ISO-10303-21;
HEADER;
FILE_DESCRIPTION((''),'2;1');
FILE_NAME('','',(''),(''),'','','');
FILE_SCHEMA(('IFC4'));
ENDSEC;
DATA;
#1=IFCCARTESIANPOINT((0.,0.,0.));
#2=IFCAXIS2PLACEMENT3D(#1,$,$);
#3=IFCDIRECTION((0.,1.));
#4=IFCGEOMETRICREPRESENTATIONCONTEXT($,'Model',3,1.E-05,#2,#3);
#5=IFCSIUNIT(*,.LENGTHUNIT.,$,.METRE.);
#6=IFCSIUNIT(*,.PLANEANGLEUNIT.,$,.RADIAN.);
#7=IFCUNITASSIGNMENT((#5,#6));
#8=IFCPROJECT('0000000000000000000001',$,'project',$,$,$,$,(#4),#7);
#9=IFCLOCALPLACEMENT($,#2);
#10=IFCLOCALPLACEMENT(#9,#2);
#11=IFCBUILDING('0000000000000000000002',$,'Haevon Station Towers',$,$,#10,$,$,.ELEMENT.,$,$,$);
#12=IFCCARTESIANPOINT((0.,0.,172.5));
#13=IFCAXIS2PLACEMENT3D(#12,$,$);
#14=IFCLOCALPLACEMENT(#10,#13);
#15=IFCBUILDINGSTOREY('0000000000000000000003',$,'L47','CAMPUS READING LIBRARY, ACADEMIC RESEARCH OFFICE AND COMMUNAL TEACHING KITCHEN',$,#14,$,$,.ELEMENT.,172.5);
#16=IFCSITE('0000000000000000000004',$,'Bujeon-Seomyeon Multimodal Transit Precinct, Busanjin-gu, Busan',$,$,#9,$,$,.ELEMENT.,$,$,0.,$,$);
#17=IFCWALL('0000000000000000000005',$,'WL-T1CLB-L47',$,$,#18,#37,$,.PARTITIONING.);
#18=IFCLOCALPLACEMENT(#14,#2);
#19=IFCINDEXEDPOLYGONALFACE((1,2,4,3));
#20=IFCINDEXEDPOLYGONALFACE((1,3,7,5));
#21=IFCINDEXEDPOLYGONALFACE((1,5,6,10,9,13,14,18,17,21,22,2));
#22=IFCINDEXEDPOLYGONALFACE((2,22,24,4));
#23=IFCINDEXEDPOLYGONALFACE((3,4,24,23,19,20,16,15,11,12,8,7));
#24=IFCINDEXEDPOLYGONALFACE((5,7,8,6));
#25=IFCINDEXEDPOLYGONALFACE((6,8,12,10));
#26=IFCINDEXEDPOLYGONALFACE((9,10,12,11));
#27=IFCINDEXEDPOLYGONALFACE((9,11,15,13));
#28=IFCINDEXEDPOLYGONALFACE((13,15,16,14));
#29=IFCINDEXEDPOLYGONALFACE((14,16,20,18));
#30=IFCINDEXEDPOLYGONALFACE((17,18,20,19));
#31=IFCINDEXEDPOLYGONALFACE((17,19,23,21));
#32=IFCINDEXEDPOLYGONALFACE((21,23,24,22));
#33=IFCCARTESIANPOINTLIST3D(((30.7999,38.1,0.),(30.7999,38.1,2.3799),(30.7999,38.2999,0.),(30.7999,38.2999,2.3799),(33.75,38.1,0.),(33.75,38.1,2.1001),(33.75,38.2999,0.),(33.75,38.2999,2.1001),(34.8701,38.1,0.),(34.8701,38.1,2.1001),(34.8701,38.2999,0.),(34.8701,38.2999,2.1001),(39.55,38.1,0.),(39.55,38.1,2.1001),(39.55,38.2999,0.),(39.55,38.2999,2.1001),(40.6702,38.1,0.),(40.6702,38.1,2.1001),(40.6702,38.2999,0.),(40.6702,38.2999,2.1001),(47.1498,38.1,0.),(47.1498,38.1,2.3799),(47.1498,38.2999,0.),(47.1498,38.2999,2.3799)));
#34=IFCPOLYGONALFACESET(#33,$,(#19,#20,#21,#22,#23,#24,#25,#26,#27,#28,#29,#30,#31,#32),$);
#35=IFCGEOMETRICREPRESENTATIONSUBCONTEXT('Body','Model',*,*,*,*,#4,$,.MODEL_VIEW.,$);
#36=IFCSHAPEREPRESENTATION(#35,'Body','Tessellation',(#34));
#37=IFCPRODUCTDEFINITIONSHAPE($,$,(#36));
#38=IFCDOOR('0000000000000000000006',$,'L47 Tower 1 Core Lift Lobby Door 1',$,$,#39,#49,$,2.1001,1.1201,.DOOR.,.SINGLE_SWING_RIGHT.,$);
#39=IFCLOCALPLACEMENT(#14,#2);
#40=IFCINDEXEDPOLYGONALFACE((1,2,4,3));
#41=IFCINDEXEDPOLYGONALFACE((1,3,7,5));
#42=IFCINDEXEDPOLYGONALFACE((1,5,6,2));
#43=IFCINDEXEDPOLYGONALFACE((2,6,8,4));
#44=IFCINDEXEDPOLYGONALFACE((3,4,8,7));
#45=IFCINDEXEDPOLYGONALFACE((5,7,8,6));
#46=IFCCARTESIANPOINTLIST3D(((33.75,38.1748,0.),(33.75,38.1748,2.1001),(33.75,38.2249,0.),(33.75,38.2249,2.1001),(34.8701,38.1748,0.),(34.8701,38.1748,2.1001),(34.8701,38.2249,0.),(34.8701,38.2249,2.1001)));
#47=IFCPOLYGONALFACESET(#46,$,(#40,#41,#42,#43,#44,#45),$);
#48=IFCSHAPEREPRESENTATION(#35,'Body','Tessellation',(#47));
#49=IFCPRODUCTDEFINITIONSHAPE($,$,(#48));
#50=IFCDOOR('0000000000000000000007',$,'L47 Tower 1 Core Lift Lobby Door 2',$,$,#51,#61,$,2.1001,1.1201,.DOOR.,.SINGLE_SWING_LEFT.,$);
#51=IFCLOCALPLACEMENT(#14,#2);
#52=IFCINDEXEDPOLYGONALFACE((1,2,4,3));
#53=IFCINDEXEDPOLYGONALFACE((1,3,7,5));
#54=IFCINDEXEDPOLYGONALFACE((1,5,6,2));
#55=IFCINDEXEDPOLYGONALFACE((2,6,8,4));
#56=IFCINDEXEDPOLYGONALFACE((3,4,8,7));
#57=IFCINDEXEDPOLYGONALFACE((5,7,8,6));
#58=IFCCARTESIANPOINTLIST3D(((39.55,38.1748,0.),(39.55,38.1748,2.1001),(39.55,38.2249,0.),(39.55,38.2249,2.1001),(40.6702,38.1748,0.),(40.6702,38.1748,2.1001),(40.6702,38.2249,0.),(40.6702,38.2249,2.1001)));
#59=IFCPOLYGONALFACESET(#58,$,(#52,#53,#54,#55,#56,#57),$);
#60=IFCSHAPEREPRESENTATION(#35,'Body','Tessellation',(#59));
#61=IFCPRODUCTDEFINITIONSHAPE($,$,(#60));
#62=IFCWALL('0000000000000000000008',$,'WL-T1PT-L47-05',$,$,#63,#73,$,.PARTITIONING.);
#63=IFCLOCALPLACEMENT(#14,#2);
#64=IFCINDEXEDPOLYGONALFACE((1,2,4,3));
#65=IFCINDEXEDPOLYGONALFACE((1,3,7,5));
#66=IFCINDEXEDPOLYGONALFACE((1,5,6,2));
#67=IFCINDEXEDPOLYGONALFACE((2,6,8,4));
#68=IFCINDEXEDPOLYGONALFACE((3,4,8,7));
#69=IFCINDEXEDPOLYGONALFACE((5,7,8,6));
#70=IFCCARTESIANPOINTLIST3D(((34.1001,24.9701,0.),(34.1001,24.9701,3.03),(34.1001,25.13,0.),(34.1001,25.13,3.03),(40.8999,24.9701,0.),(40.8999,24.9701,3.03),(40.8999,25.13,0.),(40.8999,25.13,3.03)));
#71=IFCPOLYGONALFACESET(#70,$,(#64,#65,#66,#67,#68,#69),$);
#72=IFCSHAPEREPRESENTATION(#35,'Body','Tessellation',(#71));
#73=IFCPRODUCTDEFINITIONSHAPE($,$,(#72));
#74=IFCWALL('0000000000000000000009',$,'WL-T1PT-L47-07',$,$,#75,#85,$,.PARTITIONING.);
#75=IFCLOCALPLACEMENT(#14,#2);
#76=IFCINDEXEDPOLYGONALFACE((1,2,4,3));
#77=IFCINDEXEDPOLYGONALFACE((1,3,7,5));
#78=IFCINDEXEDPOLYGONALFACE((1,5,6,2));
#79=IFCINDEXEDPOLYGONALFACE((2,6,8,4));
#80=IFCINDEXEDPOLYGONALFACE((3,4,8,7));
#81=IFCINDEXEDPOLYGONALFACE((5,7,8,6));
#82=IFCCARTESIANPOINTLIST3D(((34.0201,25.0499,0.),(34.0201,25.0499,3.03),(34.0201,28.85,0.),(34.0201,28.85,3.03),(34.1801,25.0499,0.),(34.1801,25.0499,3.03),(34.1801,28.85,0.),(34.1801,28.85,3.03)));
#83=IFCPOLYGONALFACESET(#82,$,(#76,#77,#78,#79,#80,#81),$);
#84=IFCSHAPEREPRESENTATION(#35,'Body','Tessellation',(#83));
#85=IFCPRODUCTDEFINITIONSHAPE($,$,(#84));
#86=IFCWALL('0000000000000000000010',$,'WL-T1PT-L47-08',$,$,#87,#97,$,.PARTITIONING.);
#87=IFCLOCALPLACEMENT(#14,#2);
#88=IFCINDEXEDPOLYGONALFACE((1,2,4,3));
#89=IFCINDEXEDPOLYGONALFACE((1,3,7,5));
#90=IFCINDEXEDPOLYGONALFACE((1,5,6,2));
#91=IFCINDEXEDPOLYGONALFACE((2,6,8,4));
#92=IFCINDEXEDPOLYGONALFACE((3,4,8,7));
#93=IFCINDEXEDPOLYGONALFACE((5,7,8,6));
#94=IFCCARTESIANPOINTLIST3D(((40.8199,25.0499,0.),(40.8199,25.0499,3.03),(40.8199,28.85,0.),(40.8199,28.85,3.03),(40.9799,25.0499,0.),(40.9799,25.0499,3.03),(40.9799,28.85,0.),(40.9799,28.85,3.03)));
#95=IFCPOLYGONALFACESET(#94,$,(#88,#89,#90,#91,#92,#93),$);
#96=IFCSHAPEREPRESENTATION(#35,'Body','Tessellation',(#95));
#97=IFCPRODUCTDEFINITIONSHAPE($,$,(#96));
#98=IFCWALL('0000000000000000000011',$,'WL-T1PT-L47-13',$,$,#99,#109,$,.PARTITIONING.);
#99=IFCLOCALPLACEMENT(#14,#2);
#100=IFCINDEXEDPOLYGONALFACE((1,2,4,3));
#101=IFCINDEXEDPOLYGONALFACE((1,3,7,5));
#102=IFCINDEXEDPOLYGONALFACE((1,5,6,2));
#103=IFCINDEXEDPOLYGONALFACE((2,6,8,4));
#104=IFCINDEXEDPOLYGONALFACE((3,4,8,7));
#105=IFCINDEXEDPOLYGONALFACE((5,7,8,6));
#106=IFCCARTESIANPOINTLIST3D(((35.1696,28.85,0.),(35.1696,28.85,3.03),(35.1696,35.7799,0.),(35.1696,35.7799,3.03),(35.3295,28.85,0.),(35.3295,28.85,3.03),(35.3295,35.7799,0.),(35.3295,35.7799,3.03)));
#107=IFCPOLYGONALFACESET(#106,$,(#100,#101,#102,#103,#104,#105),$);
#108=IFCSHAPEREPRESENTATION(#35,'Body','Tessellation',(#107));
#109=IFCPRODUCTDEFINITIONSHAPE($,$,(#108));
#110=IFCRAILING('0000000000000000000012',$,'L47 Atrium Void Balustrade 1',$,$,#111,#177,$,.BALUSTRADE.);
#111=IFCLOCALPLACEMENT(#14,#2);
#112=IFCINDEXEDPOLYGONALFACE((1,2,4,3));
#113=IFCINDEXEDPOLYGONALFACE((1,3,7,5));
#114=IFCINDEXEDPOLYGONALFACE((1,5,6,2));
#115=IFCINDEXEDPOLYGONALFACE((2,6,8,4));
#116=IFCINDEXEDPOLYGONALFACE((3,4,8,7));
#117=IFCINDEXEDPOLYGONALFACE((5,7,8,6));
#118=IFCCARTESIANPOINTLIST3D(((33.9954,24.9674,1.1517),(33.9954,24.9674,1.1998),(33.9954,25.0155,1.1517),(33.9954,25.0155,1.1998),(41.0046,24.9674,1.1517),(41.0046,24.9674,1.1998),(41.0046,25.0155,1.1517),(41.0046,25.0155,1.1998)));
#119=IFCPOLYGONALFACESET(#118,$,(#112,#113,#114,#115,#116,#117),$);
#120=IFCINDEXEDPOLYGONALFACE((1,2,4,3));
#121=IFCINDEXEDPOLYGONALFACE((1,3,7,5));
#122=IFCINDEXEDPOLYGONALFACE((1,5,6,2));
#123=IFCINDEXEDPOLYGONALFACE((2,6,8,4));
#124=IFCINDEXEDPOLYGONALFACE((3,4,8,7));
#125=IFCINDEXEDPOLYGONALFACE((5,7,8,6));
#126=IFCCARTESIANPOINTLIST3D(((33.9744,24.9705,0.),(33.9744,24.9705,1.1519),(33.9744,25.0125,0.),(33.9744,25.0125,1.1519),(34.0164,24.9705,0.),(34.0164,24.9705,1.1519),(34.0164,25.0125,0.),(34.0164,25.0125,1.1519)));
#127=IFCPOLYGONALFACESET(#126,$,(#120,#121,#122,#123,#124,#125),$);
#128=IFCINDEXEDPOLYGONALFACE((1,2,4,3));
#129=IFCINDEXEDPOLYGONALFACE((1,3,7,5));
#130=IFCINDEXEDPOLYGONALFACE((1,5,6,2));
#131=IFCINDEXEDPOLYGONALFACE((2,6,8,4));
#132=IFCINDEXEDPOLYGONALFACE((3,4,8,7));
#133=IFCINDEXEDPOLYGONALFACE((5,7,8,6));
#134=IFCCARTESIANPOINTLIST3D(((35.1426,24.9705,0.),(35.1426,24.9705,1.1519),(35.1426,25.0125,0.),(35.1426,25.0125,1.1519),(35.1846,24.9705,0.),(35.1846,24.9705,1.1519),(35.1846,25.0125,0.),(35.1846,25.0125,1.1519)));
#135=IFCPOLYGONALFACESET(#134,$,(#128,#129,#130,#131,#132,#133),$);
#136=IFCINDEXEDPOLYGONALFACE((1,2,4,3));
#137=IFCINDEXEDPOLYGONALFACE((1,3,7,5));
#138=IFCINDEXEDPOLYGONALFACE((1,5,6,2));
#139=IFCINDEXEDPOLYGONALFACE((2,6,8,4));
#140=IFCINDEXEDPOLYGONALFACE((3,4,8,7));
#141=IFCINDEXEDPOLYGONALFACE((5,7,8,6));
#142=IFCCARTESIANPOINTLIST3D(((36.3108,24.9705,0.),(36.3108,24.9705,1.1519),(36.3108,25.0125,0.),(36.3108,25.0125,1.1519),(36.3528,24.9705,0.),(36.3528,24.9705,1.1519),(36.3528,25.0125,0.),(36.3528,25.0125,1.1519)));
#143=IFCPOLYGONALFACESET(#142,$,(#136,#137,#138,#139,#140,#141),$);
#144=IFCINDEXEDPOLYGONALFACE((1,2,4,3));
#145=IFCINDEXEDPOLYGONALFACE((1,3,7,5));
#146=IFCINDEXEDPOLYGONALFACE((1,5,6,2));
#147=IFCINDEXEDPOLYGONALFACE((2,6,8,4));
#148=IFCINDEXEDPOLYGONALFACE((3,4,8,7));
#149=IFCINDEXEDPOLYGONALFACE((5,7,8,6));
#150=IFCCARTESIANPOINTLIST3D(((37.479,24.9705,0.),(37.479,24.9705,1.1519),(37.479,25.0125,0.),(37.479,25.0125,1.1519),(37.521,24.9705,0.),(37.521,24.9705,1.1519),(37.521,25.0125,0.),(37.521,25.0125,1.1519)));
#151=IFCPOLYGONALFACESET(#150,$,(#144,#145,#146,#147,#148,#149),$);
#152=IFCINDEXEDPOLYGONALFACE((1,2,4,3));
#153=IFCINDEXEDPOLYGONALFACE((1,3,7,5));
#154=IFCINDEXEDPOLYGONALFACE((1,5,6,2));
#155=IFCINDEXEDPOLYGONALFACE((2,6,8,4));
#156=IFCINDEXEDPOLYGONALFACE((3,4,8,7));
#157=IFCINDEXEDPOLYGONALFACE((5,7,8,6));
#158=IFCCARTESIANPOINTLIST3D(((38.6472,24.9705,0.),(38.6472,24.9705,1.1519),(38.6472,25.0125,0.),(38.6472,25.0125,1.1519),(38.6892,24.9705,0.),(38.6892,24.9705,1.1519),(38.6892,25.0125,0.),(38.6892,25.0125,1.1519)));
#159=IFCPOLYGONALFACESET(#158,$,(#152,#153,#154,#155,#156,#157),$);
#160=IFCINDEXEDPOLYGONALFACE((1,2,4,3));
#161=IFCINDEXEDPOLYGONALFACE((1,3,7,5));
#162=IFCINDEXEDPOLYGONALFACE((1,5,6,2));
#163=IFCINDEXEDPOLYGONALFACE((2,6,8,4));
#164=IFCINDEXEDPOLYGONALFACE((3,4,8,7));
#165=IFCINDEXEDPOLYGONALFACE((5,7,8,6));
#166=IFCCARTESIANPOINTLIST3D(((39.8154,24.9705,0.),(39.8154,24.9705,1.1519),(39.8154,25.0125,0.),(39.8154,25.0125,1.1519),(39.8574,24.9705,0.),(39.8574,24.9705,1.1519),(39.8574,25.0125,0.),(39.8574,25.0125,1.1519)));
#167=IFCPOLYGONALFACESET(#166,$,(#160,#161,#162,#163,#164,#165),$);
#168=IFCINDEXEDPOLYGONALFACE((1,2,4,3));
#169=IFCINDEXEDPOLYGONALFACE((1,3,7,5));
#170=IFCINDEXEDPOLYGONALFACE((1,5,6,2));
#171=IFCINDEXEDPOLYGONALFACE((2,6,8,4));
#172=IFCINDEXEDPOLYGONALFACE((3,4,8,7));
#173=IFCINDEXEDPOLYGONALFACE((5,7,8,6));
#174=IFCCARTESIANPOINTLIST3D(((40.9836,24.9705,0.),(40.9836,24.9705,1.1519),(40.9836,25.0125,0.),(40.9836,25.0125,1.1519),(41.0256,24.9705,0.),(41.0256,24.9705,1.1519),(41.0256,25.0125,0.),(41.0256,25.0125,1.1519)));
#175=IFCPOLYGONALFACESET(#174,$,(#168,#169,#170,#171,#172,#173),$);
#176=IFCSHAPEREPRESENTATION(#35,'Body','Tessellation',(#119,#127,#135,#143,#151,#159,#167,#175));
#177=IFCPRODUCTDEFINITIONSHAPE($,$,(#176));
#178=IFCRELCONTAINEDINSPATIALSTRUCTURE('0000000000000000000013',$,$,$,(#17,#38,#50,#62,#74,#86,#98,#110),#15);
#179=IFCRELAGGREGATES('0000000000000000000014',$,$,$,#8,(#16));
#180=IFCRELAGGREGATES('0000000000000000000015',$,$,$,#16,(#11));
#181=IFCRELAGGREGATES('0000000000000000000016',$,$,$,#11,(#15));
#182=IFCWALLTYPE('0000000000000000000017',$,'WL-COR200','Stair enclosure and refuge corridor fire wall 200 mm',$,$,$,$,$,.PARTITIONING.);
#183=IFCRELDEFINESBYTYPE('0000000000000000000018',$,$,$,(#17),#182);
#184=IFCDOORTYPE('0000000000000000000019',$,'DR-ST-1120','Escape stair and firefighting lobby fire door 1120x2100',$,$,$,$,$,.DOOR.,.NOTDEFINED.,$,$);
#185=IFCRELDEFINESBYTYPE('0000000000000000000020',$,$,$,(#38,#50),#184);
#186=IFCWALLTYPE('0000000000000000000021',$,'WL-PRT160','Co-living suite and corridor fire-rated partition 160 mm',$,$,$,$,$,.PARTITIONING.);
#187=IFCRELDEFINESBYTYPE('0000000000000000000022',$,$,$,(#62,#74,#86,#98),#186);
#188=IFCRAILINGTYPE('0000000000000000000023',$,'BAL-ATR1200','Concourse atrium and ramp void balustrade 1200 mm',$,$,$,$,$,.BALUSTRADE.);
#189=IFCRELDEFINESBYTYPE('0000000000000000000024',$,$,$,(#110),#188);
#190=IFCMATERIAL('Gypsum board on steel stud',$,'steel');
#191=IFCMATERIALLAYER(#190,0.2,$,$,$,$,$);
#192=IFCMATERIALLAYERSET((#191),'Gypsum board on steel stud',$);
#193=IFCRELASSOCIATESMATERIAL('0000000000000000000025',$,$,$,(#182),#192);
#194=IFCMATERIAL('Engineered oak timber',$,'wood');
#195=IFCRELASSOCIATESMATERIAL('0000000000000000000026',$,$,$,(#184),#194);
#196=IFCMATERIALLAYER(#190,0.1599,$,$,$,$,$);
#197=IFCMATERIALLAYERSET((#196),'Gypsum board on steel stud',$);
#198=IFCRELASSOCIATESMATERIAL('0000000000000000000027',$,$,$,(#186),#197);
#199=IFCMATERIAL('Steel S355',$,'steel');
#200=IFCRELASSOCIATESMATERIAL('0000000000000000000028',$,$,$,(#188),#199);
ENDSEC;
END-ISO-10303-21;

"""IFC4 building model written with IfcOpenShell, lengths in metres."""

from ifc_helpers import new_model, si_unit, direction, frame, frame_2d, origin, origin_2d, place, context, subcontext, project, spatial, rectangle, extrude, material, layer, layer_set, type_object, element, fill, save


model = new_model("IFC4")

# Units and contexts
model_context = context("Model", 3, precision=1e-05, world=origin(), true_north=direction((0.0, 1.0)))
body_context = subcontext(model_context, "Body", "Model", "MODEL_VIEW")
ifc_project = project(units=[si_unit("LENGTHUNIT", "METRE"), si_unit("PLANEANGLEUNIT", "RADIAN")], contexts=[model_context])

# Site, building, storey
site_placement = place(None, origin())
site = spatial("IfcSite", under=ifc_project, at=site_placement, Name="Bujeon-Seomyeon Multimodal Transit Precinct, Busanjin-gu, Busan", CompositionType="ELEMENT", RefElevation=0.0)
building_placement = place(site_placement, origin())
building = spatial("IfcBuilding", under=site, at=building_placement, Name="Haevon Station Towers", CompositionType="ELEMENT")
storey_placement = place(building_placement, frame((0.0, 0.0, 172.5)))
storey = spatial("IfcBuildingStorey", under=building, at=storey_placement, Name="L47", Description="CAMPUS READING LIBRARY, ACADEMIC RESEARCH OFFICE AND COMMUNAL TEACHING KITCHEN", CompositionType="ELEMENT", Elevation=172.5)

# Shared definitions
ifc_material_1 = material(Name="Steel S355", Category="steel")

# Shared definitions
ifc_material_2 = material(Name="Gypsum board on steel stud", Category="steel")

# Shared definitions
ifc_layer_1 = layer(ifc_material_2, 0.2)
ifc_layer_set_1 = layer_set([ifc_layer_1], Name="Gypsum board on steel stud")
wall_type_1 = type_object("IfcWallType", Name="WL-COR200", Description="Stair enclosure and refuge corridor fire wall 200 mm", PredefinedType="PARTITIONING", material=ifc_layer_set_1)
ifc_material_3 = material(Name="Engineered oak timber", Category="wood")

# Wall, openings, doors
wall_1_placement = place(storey_placement, frame((30.8, 38.2, 0.0), z_axis=(0.0, 0.0, 1.0), x_axis=(1.0, 0.0, 0.0)))
wall_1 = element("IfcWall", 1, at=wall_1_placement, inside=storey, type_object=wall_type_1, Name="WL-T1CLB-L47", PredefinedType="PARTITIONING", context=body_context, shape_type="SweptSolid", body=[
    extrude(rectangle(XDim=16.3499, YDim=0.2, at=frame_2d((8.1748, 0.0))), origin(), (0.0, 0.0, 1.0), 2.3799),
])
opening_1_placement = place(wall_1_placement, frame((2.95, 0.0, 0.0)))
opening_1 = element("IfcOpeningElement", 2, at=opening_1_placement, cuts=wall_1, PredefinedType="OPENING", context=body_context, shape_type="SweptSolid", body=[
    extrude(rectangle(XDim=1.1201, YDim=2.1001, at=frame_2d((0.5601, 1.05))), frame((0.0, 0.1099, 0.0), z_axis=(0.0, -1.0, 0.0), x_axis=(1.0, 0.0, 0.0)), (0.0, 0.0, 1.0), 0.22),
])
opening_2_placement = place(wall_1_placement, frame((8.75, 0.0, 0.0)))
opening_2 = element("IfcOpeningElement", 3, at=opening_2_placement, cuts=wall_1, PredefinedType="OPENING", context=body_context, shape_type="SweptSolid", body=[
    extrude(rectangle(XDim=1.1201, YDim=2.1001, at=frame_2d((0.5601, 1.05))), frame((0.0, 0.1099, 0.0), z_axis=(0.0, -1.0, 0.0), x_axis=(1.0, 0.0, 0.0)), (0.0, 0.0, 1.0), 0.22),
])
door_type_1 = type_object("IfcDoorType", Name="DR-ST-1120", Description="Escape stair and firefighting lobby fire door 1120x2100", OperationType="NOTDEFINED", PredefinedType="DOOR", material=ifc_material_3)
door_1_placement = place(opening_1_placement, origin())
door_1 = element("IfcDoor", 4, at=door_1_placement, inside=storey, type_object=door_type_1, Name="L47 Tower 1 Core Lift Lobby Door 1", OperationType="SINGLE_SWING_RIGHT", OverallHeight=2.1001, OverallWidth=1.1201, PredefinedType="DOOR", context=body_context, shape_type="SweptSolid", body=[
    extrude(rectangle(XDim=1.1201, YDim=2.1001, at=frame_2d((0.5601, 1.05))), frame((0.0, 0.0249, 0.0), z_axis=(0.0, -1.0, 0.0), x_axis=(1.0, 0.0, 0.0)), (0.0, 0.0, 1.0), 0.05),
])
fill(opening_1, door_1)
door_2_placement = place(opening_2_placement, origin())
door_2 = element("IfcDoor", 5, at=door_2_placement, inside=storey, type_object=door_type_1, Name="L47 Tower 1 Core Lift Lobby Door 2", OperationType="SINGLE_SWING_LEFT", OverallHeight=2.1001, OverallWidth=1.1201, PredefinedType="DOOR", context=body_context, shape_type="SweptSolid", body=[
    extrude(rectangle(XDim=1.1201, YDim=2.1001, at=frame_2d((0.5601, 1.05))), frame((0.0, 0.0249, 0.0), z_axis=(0.0, -1.0, 0.0), x_axis=(1.0, 0.0, 0.0)), (0.0, 0.0, 1.0), 0.05),
])
fill(opening_2, door_2)

# Walls
ifc_layer_2 = layer(ifc_material_2, 0.1599)
ifc_layer_set_2 = layer_set([ifc_layer_2], Name="Gypsum board on steel stud")
wall_type_2 = type_object("IfcWallType", Name="WL-PRT160", Description="Co-living suite and corridor fire-rated partition 160 mm", PredefinedType="PARTITIONING", material=ifc_layer_set_2)
wall_2_placement = place(storey_placement, frame((34.1001, 25.05, 0.0), z_axis=(0.0, 0.0, 1.0), x_axis=(1.0, 0.0, 0.0)))
element("IfcWall", 6, at=wall_2_placement, inside=storey, type_object=wall_type_2, Name="WL-T1PT-L47-05", PredefinedType="PARTITIONING", context=body_context, shape_type="SweptSolid", body=[
    extrude(rectangle(XDim=6.7998, YDim=0.1599, at=frame_2d((3.3999, 0.0))), origin(), (0.0, 0.0, 1.0), 3.03),
])
for number, where, z_axis, x_axis, name in (
    (7, (34.1001, 25.05, 0.0), (0.0, 0.0, 1.0), (0.0, 1.0, 0.0), "WL-T1PT-L47-07"),
    (8, (40.8999, 25.05, 0.0), (0.0, 0.0, 1.0), (0.0, 1.0, 0.0), "WL-T1PT-L47-08"),
):
    element("IfcWall", number, at=place(storey_placement, frame(where, z_axis=z_axis, x_axis=x_axis)), inside=storey, type_object=wall_type_2, Name=name, PredefinedType="PARTITIONING", context=body_context, shape_type="SweptSolid", body=[
        extrude(rectangle(XDim=3.8, YDim=0.1599, at=frame_2d((1.8999, 0.0))), origin(), (0.0, 0.0, 1.0), 3.03),
    ])
wall_3_placement = place(storey_placement, frame((35.2495, 28.8501, 0.0), z_axis=(0.0, 0.0, 1.0), x_axis=(0.0, 1.0, 0.0)))
element("IfcWall", 9, at=wall_3_placement, inside=storey, type_object=wall_type_2, Name="WL-T1PT-L47-13", PredefinedType="PARTITIONING", context=body_context, shape_type="SweptSolid", body=[
    extrude(rectangle(XDim=6.9299, YDim=0.1599, at=frame_2d((3.4648, 0.0))), origin(), (0.0, 0.0, 1.0), 3.03),
])

# Railing
railing_type = type_object("IfcRailingType", Name="BAL-ATR1200", Description="Concourse atrium and ramp void balustrade 1200 mm", PredefinedType="BALUSTRADE", material=ifc_material_1)
railing_1_placement = place(storey_placement, frame((33.9954, 24.9915, 0.0)))
element("IfcRailing", 10, at=railing_1_placement, inside=storey, type_object=railing_type, Name="L47 Atrium Void Balustrade 1", PredefinedType="BALUSTRADE", context=body_context, shape_type="SweptSolid", body=[
    extrude(rectangle(XDim=0.0481, YDim=0.0481, at=origin_2d()), frame((0.0, 0.0, 1.1758), z_axis=(1.0, 0.0, 0.0), x_axis=(0.0, 1.0, 0.0)), (0.0, 0.0, 1.0), 7.0093),
    extrude(rectangle(XDim=0.042, YDim=0.042, at=origin_2d()), origin(), (0.0, 0.0, 1.0), 1.1519),
    extrude(rectangle(XDim=0.042, YDim=0.042, at=origin_2d()), frame((1.1682, 0.0, 0.0)), (0.0, 0.0, 1.0), 1.1519),
    extrude(rectangle(XDim=0.042, YDim=0.042, at=origin_2d()), frame((2.3364, 0.0, 0.0)), (0.0, 0.0, 1.0), 1.1519),
    extrude(rectangle(XDim=0.042, YDim=0.042, at=origin_2d()), frame((3.5046, 0.0, 0.0)), (0.0, 0.0, 1.0), 1.1519),
    extrude(rectangle(XDim=0.042, YDim=0.042, at=origin_2d()), frame((4.6729, 0.0, 0.0)), (0.0, 0.0, 1.0), 1.1519),
    extrude(rectangle(XDim=0.042, YDim=0.042, at=origin_2d()), frame((5.8411, 0.0, 0.0)), (0.0, 0.0, 1.0), 1.1519),
    extrude(rectangle(XDim=0.042, YDim=0.042, at=origin_2d()), frame((7.0093, 0.0, 0.0)), (0.0, 0.0, 1.0), 1.1519),
])

save(model, "model.ifc")
